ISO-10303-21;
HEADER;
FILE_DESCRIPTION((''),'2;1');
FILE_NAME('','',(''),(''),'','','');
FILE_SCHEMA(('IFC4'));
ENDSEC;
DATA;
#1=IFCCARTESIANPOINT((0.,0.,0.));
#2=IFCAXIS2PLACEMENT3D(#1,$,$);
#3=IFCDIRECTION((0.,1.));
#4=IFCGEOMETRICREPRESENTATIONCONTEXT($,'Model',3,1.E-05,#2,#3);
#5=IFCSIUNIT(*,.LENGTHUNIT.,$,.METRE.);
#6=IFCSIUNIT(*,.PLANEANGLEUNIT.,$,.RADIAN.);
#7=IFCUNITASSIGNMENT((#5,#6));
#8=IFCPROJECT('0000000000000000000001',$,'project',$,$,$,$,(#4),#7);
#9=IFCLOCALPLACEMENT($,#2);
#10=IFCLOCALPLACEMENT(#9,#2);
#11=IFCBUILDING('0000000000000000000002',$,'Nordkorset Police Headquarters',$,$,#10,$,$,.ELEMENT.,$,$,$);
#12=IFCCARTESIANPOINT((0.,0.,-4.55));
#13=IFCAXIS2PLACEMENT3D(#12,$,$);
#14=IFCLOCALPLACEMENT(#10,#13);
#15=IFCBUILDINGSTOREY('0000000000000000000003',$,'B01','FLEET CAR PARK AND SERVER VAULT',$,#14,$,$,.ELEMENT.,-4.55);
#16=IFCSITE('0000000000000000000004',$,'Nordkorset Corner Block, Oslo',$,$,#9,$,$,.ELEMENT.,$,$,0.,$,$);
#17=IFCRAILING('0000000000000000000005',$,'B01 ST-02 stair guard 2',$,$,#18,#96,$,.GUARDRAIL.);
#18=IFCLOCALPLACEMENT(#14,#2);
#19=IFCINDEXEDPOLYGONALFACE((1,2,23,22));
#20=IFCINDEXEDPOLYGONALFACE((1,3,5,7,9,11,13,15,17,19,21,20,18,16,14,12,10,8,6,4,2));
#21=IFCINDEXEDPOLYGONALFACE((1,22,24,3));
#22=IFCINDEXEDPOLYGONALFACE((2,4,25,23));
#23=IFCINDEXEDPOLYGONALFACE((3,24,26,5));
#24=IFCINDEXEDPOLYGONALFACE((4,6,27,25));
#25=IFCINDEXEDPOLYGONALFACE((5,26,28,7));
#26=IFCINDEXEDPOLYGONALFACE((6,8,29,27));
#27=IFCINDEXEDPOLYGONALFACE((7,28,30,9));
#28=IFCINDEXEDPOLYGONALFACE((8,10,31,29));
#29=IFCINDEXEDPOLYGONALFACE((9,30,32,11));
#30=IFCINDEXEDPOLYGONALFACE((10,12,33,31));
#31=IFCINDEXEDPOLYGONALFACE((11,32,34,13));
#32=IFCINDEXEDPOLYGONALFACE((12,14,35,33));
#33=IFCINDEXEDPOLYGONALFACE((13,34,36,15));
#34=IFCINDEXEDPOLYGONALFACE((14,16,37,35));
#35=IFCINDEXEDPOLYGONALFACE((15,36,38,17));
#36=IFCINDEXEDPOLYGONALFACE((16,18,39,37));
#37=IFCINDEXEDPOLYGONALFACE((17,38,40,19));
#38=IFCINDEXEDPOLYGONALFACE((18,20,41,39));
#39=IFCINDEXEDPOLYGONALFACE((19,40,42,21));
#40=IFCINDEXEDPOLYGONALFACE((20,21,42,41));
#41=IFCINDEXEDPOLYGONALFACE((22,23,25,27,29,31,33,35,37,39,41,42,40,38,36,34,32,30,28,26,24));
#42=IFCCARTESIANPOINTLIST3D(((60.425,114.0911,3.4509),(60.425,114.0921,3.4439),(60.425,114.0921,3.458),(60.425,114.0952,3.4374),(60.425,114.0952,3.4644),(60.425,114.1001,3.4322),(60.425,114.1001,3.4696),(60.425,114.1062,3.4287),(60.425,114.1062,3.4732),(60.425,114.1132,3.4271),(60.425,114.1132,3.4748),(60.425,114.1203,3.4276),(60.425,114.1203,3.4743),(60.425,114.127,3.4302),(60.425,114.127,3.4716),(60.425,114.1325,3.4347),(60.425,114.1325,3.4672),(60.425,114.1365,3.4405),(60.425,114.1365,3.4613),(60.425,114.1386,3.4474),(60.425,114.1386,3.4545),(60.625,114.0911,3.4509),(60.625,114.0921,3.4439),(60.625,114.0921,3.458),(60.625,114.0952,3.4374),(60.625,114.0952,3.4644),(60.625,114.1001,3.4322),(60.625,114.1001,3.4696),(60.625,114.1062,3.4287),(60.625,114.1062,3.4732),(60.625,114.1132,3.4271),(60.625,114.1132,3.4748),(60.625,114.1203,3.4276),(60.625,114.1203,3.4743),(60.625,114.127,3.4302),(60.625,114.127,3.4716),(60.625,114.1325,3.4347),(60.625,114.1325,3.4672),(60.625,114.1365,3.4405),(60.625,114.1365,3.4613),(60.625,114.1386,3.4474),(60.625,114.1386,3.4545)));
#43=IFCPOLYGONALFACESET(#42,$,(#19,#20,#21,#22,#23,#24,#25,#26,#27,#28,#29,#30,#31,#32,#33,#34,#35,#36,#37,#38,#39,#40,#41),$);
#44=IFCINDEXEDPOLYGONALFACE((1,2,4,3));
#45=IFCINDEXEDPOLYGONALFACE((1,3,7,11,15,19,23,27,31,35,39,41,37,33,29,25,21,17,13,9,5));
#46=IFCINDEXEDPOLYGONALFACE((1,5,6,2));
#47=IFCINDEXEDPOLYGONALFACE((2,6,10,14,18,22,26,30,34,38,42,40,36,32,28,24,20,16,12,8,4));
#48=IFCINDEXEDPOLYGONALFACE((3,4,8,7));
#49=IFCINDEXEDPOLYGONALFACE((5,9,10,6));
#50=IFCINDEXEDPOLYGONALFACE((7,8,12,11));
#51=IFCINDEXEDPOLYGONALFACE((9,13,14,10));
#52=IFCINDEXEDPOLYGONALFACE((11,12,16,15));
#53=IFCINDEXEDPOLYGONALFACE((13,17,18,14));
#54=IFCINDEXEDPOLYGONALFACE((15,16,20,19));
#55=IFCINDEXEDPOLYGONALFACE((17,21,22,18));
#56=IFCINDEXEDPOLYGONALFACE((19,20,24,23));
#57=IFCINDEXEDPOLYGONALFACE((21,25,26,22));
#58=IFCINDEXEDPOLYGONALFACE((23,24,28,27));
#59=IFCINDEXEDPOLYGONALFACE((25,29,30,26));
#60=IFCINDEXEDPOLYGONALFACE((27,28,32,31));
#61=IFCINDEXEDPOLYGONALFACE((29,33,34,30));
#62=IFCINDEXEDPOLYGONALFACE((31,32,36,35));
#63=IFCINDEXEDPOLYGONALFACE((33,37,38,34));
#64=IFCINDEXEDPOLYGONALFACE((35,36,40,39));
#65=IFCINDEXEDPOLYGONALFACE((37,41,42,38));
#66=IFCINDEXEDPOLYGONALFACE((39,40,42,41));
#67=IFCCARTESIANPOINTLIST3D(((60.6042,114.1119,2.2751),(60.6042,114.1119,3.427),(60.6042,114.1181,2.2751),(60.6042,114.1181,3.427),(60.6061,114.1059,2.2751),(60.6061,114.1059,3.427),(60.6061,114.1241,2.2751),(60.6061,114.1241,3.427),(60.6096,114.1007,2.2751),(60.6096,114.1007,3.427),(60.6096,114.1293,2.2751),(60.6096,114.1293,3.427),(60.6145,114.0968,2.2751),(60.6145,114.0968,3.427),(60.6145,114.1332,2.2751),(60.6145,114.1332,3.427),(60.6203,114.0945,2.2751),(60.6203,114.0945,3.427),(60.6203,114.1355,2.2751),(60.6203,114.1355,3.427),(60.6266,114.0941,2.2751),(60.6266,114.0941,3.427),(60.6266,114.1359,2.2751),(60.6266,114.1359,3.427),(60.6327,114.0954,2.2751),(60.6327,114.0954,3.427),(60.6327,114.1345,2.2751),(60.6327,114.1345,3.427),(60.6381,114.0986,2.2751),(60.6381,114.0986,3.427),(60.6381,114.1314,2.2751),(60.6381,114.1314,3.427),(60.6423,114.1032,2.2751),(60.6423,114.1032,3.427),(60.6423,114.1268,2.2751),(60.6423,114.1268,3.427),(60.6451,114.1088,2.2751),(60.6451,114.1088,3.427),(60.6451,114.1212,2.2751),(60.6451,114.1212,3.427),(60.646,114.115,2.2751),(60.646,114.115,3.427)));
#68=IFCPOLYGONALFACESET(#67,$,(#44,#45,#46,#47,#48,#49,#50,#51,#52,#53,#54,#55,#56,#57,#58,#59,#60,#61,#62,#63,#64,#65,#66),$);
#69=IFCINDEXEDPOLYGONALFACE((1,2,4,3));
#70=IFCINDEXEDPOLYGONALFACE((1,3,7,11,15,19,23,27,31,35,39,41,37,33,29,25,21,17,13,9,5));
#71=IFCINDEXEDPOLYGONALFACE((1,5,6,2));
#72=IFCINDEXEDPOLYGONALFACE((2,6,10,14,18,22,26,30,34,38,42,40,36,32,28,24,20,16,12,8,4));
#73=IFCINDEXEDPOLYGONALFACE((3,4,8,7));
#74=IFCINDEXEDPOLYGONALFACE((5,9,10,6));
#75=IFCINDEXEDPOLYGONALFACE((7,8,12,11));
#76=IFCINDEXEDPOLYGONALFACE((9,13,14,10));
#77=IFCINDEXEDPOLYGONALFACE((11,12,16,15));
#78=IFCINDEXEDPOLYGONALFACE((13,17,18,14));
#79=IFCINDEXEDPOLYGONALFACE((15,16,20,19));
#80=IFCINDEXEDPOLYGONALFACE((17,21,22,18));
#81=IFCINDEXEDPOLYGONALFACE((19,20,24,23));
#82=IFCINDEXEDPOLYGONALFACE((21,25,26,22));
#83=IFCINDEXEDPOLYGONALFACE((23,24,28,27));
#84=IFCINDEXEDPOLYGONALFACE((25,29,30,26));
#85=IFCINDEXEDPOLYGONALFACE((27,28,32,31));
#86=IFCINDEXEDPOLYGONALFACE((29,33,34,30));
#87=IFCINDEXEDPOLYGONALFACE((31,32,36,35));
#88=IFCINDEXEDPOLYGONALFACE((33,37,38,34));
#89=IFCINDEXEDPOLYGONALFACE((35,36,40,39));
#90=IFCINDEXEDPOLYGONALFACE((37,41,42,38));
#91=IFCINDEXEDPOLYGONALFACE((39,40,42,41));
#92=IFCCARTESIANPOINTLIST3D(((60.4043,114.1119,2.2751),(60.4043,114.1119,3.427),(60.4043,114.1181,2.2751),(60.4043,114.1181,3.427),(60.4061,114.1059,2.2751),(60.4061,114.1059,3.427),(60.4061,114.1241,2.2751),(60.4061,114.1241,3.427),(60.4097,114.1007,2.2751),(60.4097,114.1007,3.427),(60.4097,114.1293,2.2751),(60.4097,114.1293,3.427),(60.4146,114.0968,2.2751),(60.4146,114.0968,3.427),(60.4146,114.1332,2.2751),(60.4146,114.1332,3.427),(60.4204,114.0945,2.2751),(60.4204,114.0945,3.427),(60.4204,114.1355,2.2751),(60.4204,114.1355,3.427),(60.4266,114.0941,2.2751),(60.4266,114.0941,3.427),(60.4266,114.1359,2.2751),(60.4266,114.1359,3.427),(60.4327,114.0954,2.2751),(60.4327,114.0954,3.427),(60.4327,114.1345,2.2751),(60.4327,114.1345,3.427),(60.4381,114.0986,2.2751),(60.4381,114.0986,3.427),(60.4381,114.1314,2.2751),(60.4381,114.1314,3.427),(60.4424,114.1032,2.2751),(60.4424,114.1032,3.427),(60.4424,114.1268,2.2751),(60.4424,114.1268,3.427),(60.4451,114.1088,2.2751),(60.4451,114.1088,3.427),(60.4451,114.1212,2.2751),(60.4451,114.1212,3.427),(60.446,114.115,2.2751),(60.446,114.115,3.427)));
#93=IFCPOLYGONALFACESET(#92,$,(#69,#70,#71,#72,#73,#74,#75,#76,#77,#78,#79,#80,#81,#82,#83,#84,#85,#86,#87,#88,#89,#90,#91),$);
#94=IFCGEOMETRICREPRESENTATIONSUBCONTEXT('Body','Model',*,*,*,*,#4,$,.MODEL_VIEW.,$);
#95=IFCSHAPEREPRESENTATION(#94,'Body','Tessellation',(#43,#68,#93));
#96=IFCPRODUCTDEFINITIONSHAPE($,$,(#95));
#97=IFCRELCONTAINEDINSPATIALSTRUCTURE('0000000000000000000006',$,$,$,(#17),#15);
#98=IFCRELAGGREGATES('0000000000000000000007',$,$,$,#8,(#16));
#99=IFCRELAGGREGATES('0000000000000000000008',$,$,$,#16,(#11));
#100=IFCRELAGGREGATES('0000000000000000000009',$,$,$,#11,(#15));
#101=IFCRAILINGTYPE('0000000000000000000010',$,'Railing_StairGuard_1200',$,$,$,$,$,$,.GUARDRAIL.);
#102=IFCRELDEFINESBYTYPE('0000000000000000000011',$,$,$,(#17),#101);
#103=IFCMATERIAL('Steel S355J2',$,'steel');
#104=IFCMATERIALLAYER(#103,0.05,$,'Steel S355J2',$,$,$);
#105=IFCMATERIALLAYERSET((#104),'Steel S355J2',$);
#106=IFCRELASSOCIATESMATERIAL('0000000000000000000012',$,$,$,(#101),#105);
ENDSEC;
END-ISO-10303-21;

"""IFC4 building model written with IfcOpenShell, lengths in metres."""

from ifc_helpers import new_model, si_unit, direction, frame, origin, origin_2d, place, context, subcontext, project, spatial, circle, extrude, material, layer, layer_set, type_object, element, save


model = new_model("IFC4")

# Units and contexts
model_context = context("Model", 3, precision=1e-05, world=origin(), true_north=direction((0.0, 1.0)))
body_context = subcontext(model_context, "Body", "Model", "MODEL_VIEW")
ifc_project = project(units=[si_unit("LENGTHUNIT", "METRE"), si_unit("PLANEANGLEUNIT", "RADIAN")], contexts=[model_context])

# Site, building, storey
site_placement = place(None, origin())
site = spatial("IfcSite", under=ifc_project, at=site_placement, Name="Nordkorset Corner Block, Oslo", CompositionType="ELEMENT", RefElevation=0.0)
building_placement = place(site_placement, origin())
building = spatial("IfcBuilding", under=site, at=building_placement, Name="Nordkorset Police Headquarters", CompositionType="ELEMENT")
storey_placement = place(building_placement, frame((0.0, 0.0, -4.55)))
storey = spatial("IfcBuildingStorey", under=building, at=storey_placement, Name="B01", Description="FLEET CAR PARK AND SERVER VAULT", CompositionType="ELEMENT", Elevation=-4.55)

# Railing
ifc_material_1 = material(Name="Steel S355J2", Category="steel")
ifc_layer_1 = layer(ifc_material_1, 0.05, Name="Steel S355J2")
ifc_layer_set_1 = layer_set([ifc_layer_1], Name="Steel S355J2")
railing_type_1 = type_object("IfcRailingType", Name="Railing_StairGuard_1200", PredefinedType="GUARDRAIL", material=ifc_layer_set_1)
railing_1_placement = place(storey_placement, frame((60.625, 114.115, 2.2751)))
element("IfcRailing", 1, at=railing_1_placement, inside=storey, type_object=railing_type_1, Name="B01 ST-02 stair guard 2", PredefinedType="GUARDRAIL", context=body_context, shape_type="SweptSolid", body=[
    extrude(circle(Radius=0.0239, at=origin_2d()), frame((0.0, 0.0, 1.1758), z_axis=(-1.0, 0.0, 0.0), x_axis=(0.0, -1.0, 0.0)), (0.0, 0.0, 1.0), 0.2),
    extrude(circle(Radius=0.021, at=origin_2d()), origin(), (0.0, 0.0, 1.0), 1.1519),
    extrude(circle(Radius=0.021, at=origin_2d()), frame((-0.2, 0.0, 0.0)), (0.0, 0.0, 1.0), 1.1519),
])

save(model, "model.ifc")
